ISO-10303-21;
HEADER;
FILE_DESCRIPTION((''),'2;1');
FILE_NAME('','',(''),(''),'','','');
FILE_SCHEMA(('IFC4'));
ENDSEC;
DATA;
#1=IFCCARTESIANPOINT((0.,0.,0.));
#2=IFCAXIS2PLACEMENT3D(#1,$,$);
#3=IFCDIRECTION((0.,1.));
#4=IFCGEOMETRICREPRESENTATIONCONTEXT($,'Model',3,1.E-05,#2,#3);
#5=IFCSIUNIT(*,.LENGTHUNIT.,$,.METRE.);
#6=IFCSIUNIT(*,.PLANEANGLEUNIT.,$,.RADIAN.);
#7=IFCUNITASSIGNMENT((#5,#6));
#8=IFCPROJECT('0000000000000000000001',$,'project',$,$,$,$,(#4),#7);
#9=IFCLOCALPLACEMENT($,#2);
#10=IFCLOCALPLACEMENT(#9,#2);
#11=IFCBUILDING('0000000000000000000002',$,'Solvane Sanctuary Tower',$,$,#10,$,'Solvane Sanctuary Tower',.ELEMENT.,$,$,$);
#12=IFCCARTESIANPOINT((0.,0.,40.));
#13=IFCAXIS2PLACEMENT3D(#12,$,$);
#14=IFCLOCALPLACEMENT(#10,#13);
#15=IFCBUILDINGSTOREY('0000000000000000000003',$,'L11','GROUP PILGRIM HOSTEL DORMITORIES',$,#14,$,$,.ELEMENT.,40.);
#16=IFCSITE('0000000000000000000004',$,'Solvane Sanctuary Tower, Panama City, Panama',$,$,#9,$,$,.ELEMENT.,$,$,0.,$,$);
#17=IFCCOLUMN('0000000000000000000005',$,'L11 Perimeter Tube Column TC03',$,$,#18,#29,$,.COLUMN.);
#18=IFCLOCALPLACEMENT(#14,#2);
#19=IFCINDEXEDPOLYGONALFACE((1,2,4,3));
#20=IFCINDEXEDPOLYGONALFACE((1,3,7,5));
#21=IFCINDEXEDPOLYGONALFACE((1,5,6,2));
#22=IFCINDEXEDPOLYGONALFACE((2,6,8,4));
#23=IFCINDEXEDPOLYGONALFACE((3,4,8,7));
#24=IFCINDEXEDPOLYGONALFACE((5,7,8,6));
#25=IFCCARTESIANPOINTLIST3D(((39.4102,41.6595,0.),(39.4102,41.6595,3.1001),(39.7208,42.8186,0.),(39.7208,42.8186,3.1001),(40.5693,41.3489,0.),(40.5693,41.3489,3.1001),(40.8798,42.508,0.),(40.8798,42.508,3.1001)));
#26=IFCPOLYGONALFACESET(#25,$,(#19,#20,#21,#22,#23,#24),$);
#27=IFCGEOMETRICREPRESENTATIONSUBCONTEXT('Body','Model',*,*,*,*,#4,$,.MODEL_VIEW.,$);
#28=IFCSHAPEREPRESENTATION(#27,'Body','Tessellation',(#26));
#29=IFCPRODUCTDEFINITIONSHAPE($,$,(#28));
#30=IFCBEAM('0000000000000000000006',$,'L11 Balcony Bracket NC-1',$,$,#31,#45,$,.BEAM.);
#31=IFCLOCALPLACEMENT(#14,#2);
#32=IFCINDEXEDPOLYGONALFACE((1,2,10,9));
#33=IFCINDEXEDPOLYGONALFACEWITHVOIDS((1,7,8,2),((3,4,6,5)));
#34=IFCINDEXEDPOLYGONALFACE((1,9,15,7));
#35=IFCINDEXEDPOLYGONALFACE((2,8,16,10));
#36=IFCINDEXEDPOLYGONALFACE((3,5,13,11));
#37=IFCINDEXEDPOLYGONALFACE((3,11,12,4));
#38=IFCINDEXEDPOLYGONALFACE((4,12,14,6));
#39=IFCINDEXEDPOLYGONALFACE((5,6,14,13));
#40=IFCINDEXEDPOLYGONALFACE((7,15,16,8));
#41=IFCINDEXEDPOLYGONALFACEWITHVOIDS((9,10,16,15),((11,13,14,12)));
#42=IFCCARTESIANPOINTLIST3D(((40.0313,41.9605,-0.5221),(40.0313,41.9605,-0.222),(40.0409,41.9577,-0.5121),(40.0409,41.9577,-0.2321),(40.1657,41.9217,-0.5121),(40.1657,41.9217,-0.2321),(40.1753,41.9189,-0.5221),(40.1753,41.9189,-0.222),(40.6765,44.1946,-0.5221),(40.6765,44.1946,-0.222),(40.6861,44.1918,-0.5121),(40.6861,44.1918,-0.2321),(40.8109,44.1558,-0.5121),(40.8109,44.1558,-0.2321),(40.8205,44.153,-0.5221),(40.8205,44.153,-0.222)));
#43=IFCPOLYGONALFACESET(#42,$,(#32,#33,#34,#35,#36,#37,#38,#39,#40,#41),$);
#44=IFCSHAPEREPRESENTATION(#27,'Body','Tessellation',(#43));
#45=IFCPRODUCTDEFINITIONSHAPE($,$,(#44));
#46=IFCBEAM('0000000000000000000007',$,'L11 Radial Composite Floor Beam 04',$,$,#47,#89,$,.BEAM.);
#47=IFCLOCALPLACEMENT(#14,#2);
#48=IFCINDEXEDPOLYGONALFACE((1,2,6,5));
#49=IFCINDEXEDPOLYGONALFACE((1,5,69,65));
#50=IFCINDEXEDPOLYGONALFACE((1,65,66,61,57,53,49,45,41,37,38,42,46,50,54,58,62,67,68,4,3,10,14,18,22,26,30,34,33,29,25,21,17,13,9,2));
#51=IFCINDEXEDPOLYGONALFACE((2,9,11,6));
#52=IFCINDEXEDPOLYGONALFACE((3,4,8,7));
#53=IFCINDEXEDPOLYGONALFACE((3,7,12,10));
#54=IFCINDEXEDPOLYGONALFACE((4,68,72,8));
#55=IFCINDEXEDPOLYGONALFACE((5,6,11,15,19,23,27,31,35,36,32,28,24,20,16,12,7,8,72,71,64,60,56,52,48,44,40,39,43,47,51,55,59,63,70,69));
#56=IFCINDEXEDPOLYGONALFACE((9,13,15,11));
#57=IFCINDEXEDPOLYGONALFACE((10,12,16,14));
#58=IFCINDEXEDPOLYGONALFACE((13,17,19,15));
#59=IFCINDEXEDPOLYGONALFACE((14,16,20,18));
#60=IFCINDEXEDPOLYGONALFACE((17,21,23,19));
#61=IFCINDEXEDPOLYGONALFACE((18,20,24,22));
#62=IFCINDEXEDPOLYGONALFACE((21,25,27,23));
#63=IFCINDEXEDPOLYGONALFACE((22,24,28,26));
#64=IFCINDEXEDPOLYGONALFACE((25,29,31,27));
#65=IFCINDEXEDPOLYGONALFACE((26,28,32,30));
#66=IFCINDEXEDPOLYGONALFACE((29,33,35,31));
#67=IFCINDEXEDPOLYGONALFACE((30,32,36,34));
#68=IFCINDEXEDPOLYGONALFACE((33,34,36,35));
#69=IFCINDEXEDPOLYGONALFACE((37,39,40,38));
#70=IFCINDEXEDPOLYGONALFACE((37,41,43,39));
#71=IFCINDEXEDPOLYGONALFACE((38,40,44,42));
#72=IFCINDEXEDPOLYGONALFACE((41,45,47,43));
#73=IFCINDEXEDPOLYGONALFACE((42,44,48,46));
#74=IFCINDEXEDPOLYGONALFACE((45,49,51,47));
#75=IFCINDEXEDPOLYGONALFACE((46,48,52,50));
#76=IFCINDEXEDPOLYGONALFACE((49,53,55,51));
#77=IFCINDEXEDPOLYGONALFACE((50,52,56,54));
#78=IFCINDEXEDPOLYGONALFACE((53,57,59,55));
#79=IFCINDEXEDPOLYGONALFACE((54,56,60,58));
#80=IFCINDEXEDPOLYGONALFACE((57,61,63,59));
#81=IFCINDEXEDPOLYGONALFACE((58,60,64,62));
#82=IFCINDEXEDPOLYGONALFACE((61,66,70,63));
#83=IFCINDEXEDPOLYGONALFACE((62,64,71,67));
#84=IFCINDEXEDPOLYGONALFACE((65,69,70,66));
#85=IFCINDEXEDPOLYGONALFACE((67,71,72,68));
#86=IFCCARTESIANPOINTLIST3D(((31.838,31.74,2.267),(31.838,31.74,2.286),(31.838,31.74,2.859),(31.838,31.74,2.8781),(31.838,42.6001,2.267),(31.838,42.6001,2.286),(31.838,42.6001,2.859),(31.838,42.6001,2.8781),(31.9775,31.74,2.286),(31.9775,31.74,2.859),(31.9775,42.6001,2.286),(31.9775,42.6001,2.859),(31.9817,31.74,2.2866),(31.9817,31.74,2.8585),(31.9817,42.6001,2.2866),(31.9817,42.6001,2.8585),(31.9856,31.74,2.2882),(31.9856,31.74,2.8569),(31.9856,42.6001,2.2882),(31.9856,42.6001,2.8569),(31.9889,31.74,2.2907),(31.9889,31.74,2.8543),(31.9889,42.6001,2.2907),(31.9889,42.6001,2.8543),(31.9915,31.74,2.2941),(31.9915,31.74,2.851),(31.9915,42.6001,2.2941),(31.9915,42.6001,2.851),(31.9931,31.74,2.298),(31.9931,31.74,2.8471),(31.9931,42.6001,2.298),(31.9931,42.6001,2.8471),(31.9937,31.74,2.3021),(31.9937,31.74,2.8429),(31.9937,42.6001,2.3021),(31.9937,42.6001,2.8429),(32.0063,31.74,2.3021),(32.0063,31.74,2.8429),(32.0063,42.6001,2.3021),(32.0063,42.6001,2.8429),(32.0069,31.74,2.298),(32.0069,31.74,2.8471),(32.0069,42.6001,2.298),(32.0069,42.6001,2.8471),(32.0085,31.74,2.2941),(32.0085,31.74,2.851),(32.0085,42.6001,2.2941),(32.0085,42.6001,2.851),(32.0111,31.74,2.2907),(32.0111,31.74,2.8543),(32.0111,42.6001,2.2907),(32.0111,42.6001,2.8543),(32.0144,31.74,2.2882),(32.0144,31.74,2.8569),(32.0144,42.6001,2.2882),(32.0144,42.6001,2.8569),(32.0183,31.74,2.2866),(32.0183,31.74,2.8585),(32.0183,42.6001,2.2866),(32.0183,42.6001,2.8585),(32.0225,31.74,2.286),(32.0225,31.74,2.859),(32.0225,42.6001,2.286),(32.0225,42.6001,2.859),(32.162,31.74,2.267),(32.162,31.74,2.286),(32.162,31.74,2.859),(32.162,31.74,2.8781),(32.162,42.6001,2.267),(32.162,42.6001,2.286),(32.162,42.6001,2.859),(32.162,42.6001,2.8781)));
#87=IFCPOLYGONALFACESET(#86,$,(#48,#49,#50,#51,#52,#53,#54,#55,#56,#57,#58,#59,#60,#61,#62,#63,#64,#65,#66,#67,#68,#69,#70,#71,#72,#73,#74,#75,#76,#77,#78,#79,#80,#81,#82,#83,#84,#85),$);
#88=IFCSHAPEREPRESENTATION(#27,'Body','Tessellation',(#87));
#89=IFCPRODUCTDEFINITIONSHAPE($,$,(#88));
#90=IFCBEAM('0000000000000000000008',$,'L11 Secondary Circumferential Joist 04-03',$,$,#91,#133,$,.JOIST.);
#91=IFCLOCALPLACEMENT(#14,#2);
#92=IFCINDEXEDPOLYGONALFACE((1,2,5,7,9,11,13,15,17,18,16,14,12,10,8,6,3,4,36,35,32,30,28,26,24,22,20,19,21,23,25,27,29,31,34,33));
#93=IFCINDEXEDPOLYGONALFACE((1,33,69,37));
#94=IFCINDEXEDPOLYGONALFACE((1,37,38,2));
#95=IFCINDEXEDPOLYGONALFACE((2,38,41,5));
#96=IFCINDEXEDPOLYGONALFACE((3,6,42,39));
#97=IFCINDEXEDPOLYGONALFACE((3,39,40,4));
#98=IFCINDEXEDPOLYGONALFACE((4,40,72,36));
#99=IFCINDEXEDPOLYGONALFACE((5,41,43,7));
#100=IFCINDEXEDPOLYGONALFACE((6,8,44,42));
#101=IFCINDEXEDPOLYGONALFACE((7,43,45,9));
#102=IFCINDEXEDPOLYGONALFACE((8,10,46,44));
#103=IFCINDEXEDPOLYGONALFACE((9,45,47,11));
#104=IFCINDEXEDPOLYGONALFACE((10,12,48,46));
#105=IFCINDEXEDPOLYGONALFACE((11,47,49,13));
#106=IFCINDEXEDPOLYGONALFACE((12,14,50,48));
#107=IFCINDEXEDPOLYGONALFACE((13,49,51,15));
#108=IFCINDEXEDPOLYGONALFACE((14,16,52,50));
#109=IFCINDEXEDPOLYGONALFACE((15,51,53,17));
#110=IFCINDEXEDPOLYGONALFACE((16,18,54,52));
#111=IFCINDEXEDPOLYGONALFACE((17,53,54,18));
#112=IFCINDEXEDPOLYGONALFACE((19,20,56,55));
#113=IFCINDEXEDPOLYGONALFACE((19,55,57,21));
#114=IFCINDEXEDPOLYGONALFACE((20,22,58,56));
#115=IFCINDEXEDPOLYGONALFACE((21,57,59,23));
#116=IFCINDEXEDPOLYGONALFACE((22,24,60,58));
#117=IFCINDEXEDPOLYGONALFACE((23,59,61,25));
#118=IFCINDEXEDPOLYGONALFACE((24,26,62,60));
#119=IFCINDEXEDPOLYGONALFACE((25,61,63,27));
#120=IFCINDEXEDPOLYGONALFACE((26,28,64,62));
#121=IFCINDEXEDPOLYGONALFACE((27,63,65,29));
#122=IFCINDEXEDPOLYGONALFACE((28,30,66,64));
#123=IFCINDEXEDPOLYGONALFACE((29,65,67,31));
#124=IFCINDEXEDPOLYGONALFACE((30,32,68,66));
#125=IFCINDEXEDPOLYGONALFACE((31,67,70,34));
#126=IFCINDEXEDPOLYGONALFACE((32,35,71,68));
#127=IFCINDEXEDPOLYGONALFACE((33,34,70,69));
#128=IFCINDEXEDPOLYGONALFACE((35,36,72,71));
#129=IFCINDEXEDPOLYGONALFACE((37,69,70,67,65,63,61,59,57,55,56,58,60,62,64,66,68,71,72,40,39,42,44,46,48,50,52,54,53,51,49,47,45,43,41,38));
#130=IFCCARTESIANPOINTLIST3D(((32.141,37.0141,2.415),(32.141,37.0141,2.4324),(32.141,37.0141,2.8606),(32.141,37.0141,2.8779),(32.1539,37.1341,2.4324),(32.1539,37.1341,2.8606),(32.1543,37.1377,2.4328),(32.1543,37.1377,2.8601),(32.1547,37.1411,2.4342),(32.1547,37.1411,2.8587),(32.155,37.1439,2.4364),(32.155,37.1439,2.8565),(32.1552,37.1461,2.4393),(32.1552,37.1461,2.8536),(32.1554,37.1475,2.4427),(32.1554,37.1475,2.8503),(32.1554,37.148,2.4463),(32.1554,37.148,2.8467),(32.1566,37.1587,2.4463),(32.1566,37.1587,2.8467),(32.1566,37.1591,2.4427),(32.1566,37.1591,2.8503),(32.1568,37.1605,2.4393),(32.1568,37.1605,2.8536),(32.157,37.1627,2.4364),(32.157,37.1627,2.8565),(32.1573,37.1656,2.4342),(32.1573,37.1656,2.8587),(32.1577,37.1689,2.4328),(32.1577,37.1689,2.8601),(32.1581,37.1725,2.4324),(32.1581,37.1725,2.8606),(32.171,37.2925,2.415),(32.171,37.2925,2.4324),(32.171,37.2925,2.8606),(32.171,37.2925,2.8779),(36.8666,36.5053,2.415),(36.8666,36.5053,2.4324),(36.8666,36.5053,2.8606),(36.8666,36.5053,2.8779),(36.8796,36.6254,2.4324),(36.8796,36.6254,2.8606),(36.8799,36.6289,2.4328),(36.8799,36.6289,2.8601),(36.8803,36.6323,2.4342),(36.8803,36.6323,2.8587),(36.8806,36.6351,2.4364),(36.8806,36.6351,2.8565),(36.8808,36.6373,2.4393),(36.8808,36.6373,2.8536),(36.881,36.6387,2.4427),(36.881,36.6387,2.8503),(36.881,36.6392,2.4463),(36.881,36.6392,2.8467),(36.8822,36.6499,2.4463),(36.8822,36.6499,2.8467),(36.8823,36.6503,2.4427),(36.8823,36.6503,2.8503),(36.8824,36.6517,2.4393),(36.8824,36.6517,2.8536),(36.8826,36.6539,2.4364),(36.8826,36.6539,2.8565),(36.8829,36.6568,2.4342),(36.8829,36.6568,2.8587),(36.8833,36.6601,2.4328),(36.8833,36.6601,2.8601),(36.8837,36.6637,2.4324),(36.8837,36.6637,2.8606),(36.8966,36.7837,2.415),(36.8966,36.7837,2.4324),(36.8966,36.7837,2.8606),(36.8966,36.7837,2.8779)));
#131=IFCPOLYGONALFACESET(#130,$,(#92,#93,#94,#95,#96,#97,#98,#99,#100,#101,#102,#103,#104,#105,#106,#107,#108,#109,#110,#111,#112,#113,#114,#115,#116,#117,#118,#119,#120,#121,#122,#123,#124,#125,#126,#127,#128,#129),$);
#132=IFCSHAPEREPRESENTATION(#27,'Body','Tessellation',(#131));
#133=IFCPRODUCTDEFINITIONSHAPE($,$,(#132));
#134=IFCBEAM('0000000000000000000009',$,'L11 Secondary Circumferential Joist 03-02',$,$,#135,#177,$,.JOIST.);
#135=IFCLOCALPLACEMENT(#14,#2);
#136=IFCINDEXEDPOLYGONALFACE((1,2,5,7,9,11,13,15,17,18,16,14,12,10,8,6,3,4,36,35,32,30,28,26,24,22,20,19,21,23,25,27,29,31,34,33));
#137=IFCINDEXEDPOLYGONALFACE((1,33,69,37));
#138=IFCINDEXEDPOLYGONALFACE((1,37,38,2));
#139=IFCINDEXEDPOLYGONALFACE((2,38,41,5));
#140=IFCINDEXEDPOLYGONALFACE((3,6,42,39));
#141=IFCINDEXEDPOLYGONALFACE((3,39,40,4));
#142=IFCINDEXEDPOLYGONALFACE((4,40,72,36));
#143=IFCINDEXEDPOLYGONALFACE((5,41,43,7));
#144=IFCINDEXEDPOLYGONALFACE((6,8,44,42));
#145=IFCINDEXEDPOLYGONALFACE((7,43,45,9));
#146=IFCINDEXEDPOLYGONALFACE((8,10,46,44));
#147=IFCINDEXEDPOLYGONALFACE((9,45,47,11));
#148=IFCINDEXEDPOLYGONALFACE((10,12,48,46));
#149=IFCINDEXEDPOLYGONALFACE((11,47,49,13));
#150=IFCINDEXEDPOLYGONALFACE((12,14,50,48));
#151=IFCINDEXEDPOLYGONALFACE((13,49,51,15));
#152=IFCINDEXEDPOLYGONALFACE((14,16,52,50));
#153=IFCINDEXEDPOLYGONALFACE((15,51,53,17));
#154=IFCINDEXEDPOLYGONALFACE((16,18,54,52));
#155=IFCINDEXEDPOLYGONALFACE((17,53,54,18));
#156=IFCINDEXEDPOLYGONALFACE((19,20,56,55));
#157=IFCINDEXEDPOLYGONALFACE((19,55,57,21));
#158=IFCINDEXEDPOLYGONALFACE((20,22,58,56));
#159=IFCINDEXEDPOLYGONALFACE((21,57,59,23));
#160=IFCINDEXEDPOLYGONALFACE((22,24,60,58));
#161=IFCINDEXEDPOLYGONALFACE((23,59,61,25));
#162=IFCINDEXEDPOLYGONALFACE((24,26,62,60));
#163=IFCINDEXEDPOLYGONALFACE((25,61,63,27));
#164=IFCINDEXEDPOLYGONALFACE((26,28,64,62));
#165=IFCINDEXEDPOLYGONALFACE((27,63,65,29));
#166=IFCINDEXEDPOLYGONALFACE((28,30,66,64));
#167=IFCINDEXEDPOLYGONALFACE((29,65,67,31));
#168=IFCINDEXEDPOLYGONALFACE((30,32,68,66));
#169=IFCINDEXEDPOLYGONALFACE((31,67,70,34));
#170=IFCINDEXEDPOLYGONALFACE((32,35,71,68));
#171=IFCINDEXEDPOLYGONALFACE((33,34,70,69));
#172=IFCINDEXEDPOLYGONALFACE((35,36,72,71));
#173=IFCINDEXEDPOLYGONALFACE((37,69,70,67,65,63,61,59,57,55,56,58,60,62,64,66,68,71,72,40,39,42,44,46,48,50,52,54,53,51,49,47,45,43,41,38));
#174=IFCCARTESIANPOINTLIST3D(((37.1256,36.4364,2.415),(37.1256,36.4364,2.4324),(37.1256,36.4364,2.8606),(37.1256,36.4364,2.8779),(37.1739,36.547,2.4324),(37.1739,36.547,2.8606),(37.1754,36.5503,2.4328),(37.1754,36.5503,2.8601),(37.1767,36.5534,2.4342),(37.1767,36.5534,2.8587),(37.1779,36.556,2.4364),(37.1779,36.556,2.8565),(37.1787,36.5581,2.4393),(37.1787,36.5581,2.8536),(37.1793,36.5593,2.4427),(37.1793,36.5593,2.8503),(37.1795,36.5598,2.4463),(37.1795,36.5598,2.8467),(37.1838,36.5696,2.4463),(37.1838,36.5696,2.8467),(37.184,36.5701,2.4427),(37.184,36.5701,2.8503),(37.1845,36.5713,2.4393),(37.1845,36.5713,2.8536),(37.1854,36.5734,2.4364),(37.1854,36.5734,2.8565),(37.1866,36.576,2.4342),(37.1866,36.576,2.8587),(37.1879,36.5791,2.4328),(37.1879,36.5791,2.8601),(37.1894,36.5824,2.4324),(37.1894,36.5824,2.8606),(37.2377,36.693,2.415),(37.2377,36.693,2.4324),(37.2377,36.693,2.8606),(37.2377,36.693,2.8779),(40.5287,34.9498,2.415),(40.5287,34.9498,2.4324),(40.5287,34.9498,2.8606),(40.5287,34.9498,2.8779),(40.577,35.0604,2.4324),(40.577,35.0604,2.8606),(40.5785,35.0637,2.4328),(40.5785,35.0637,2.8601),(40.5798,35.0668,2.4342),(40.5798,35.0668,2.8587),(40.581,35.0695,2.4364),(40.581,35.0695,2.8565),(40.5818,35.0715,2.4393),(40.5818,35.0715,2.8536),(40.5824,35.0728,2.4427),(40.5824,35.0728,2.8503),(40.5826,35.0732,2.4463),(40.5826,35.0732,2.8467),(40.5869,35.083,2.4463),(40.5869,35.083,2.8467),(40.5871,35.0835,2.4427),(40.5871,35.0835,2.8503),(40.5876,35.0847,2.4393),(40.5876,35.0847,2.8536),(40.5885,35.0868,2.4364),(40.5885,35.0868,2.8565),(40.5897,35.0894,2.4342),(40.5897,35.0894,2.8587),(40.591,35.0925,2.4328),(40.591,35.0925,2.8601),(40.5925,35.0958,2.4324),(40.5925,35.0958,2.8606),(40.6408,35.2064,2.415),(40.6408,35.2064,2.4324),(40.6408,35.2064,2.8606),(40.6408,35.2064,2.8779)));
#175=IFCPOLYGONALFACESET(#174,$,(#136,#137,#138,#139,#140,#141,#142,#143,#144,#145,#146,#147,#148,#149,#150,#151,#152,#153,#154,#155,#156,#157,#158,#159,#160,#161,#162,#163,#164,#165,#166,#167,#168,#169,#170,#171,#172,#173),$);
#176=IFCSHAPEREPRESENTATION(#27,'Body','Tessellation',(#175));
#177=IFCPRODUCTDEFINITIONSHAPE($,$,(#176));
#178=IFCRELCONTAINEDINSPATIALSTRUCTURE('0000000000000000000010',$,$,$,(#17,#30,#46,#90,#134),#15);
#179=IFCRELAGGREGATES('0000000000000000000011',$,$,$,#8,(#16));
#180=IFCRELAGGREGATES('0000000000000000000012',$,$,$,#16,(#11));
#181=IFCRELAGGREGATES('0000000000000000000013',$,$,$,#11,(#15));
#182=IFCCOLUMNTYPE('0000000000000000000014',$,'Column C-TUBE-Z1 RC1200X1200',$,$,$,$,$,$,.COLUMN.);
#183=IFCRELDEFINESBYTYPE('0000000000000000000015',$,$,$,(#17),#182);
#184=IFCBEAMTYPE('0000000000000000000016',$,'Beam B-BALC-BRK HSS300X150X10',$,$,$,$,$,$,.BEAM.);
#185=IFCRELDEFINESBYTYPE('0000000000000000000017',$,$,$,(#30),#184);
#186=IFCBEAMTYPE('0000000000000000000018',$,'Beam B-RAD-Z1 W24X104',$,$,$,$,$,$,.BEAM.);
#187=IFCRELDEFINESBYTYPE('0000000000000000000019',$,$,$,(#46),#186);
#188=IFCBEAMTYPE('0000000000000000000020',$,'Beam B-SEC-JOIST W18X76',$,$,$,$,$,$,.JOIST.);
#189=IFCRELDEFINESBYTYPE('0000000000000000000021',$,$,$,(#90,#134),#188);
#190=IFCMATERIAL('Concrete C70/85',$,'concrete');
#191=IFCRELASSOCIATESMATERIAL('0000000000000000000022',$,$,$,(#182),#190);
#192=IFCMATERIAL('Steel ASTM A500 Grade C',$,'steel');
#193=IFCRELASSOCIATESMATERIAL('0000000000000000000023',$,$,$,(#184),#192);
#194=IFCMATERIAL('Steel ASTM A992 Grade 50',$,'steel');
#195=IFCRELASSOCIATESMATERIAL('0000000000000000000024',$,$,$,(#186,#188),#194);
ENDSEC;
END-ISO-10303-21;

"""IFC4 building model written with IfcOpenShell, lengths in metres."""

from ifc_helpers import new_model, si_unit, direction, frame, origin, origin_2d, place, context, subcontext, project, spatial, rectangle, hollow_rectangle, i_section, extrude, material, material_profile, profile_set, type_object, element, save


model = new_model("IFC4")

# Units and contexts
model_context = context("Model", 3, precision=1e-05, world=origin(), true_north=direction((0.0, 1.0)))
body_context = subcontext(model_context, "Body", "Model", "MODEL_VIEW")
ifc_project = project(units=[si_unit("LENGTHUNIT", "METRE"), si_unit("PLANEANGLEUNIT", "RADIAN")], contexts=[model_context])

# Site, building, storey
site_placement = place(None, origin())
site = spatial("IfcSite", under=ifc_project, at=site_placement, Name="Solvane Sanctuary Tower, Panama City, Panama", CompositionType="ELEMENT", RefElevation=0.0)
building_placement = place(site_placement, origin())
building = spatial("IfcBuilding", under=site, at=building_placement, Name="Solvane Sanctuary Tower", LongName="Solvane Sanctuary Tower", CompositionType="ELEMENT")
storey_placement = place(building_placement, frame((0.0, 0.0, 40.0)))
storey = spatial("IfcBuildingStorey", under=building, at=storey_placement, Name="L11", Description="GROUP PILGRIM HOSTEL DORMITORIES", CompositionType="ELEMENT", Elevation=40.0)

# Column
ifc_material_1 = material(Name="Concrete C70/85", Category="concrete")
ifc_material_profile_1 = material_profile(ifc_material_1, rectangle(XDim=1.2, YDim=1.2, at=origin_2d()), Name="RC1200X1200")
ifc_profile_set_1 = profile_set([ifc_material_profile_1], Name="Concrete C70/85")
column_type = type_object("IfcColumnType", Name="Column C-TUBE-Z1 RC1200X1200", PredefinedType="COLUMN", material=ifc_profile_set_1)
column_placement = place(storey_placement, frame((40.145, 42.0837, 0.0), z_axis=(0.0, 0.0, 1.0), x_axis=(0.258819, 0.965926, 0.0)))
element("IfcColumn", 1, at=column_placement, inside=storey, type_object=column_type, Name="L11 Perimeter Tube Column TC03", PredefinedType="COLUMN", context=body_context, shape_type="SweptSolid", body=[
    extrude(rectangle(XDim=1.2, YDim=1.2, at=origin_2d()), origin(), (0.0, 0.0, 1.0), 3.1001),
])

# Beams
ifc_material_2 = material(Name="Steel ASTM A500 Grade C", Category="steel")
ifc_material_profile_2 = material_profile(ifc_material_2, hollow_rectangle(XDim=0.1499, YDim=0.3, WallThickness=0.01, at=origin_2d()), Name="HSS300X150X10")
ifc_profile_set_2 = profile_set([ifc_material_profile_2], Name="Steel ASTM A500 Grade C")
beam_type_1 = type_object("IfcBeamType", Name="Beam B-BALC-BRK HSS300X150X10", PredefinedType="BEAM", material=ifc_profile_set_2)
beam_1_placement = place(storey_placement, frame((40.1033, 41.9397, -0.3721), z_axis=(0.277479, 0.960732, 0.0), x_axis=(-0.960732, 0.277479, 0.0)))
element("IfcBeam", 2, at=beam_1_placement, inside=storey, type_object=beam_type_1, Name="L11 Balcony Bracket NC-1", PredefinedType="BEAM", context=body_context, shape_type="SweptSolid", body=[
    extrude(hollow_rectangle(XDim=0.1499, YDim=0.3, WallThickness=0.01, at=origin_2d()), origin(), (0.0, 0.0, 1.0), 2.3254),
])
ifc_material_3 = material(Name="Steel ASTM A992 Grade 50", Category="steel")
ifc_material_profile_3 = material_profile(ifc_material_3, i_section(OverallWidth=0.324, OverallDepth=0.6111, WebThickness=0.0127, FlangeThickness=0.019, FilletRadius=0.0161, at=origin_2d()), Name="W24X104")
ifc_profile_set_3 = profile_set([ifc_material_profile_3], Name="Steel ASTM A992 Grade 50")
beam_type_2 = type_object("IfcBeamType", Name="Beam B-RAD-Z1 W24X104", PredefinedType="BEAM", material=ifc_profile_set_3)
beam_2_placement = place(storey_placement, frame((32.0, 31.74, 2.5725), z_axis=(0.0, 1.0, 0.0), x_axis=(-1.0, 0.0, 0.0)))
element("IfcBeam", 3, at=beam_2_placement, inside=storey, type_object=beam_type_2, Name="L11 Radial Composite Floor Beam 04", PredefinedType="BEAM", context=body_context, shape_type="SweptSolid", body=[
    extrude(i_section(OverallWidth=0.324, OverallDepth=0.6111, WebThickness=0.0127, FlangeThickness=0.019, FilletRadius=0.0161, at=origin_2d()), origin(), (0.0, 0.0, 1.0), 10.8601),
])
ifc_material_profile_4 = material_profile(ifc_material_3, i_section(OverallWidth=0.28, OverallDepth=0.4629, WebThickness=0.0107, FlangeThickness=0.0173, FilletRadius=0.0139, at=origin_2d()), Name="W18X76")
ifc_profile_set_4 = profile_set([ifc_material_profile_4], Name="Steel ASTM A992 Grade 50")
beam_type_3 = type_object("IfcBeamType", Name="Beam B-SEC-JOIST W18X76", PredefinedType="JOIST", material=ifc_profile_set_4)
beam_3_placement = place(storey_placement, frame((32.156, 37.1533, 2.6465), z_axis=(0.994254, -0.107048, 0.0), x_axis=(0.107048, 0.994254, 0.0)))
element("IfcBeam", 4, at=beam_3_placement, inside=storey, type_object=beam_type_3, Name="L11 Secondary Circumferential Joist 04-03", PredefinedType="JOIST", context=body_context, shape_type="SweptSolid", body=[
    extrude(i_section(OverallWidth=0.28, OverallDepth=0.4629, WebThickness=0.0107, FlangeThickness=0.0173, FilletRadius=0.0139, at=origin_2d()), origin(), (0.0, 0.0, 1.0), 4.7529),
])
beam_4_placement = place(storey_placement, frame((37.1816, 36.5647, 2.6465), z_axis=(0.916382, -0.400305, 0.0), x_axis=(0.400305, 0.916382, 0.0)))
element("IfcBeam", 5, at=beam_4_placement, inside=storey, type_object=beam_type_3, Name="L11 Secondary Circumferential Joist 03-02", PredefinedType="JOIST", context=body_context, shape_type="SweptSolid", body=[
    extrude(i_section(OverallWidth=0.28, OverallDepth=0.4629, WebThickness=0.0107, FlangeThickness=0.0173, FilletRadius=0.0139, at=origin_2d()), origin(), (0.0, 0.0, 1.0), 3.7136),
])

save(model, "model.ifc")
